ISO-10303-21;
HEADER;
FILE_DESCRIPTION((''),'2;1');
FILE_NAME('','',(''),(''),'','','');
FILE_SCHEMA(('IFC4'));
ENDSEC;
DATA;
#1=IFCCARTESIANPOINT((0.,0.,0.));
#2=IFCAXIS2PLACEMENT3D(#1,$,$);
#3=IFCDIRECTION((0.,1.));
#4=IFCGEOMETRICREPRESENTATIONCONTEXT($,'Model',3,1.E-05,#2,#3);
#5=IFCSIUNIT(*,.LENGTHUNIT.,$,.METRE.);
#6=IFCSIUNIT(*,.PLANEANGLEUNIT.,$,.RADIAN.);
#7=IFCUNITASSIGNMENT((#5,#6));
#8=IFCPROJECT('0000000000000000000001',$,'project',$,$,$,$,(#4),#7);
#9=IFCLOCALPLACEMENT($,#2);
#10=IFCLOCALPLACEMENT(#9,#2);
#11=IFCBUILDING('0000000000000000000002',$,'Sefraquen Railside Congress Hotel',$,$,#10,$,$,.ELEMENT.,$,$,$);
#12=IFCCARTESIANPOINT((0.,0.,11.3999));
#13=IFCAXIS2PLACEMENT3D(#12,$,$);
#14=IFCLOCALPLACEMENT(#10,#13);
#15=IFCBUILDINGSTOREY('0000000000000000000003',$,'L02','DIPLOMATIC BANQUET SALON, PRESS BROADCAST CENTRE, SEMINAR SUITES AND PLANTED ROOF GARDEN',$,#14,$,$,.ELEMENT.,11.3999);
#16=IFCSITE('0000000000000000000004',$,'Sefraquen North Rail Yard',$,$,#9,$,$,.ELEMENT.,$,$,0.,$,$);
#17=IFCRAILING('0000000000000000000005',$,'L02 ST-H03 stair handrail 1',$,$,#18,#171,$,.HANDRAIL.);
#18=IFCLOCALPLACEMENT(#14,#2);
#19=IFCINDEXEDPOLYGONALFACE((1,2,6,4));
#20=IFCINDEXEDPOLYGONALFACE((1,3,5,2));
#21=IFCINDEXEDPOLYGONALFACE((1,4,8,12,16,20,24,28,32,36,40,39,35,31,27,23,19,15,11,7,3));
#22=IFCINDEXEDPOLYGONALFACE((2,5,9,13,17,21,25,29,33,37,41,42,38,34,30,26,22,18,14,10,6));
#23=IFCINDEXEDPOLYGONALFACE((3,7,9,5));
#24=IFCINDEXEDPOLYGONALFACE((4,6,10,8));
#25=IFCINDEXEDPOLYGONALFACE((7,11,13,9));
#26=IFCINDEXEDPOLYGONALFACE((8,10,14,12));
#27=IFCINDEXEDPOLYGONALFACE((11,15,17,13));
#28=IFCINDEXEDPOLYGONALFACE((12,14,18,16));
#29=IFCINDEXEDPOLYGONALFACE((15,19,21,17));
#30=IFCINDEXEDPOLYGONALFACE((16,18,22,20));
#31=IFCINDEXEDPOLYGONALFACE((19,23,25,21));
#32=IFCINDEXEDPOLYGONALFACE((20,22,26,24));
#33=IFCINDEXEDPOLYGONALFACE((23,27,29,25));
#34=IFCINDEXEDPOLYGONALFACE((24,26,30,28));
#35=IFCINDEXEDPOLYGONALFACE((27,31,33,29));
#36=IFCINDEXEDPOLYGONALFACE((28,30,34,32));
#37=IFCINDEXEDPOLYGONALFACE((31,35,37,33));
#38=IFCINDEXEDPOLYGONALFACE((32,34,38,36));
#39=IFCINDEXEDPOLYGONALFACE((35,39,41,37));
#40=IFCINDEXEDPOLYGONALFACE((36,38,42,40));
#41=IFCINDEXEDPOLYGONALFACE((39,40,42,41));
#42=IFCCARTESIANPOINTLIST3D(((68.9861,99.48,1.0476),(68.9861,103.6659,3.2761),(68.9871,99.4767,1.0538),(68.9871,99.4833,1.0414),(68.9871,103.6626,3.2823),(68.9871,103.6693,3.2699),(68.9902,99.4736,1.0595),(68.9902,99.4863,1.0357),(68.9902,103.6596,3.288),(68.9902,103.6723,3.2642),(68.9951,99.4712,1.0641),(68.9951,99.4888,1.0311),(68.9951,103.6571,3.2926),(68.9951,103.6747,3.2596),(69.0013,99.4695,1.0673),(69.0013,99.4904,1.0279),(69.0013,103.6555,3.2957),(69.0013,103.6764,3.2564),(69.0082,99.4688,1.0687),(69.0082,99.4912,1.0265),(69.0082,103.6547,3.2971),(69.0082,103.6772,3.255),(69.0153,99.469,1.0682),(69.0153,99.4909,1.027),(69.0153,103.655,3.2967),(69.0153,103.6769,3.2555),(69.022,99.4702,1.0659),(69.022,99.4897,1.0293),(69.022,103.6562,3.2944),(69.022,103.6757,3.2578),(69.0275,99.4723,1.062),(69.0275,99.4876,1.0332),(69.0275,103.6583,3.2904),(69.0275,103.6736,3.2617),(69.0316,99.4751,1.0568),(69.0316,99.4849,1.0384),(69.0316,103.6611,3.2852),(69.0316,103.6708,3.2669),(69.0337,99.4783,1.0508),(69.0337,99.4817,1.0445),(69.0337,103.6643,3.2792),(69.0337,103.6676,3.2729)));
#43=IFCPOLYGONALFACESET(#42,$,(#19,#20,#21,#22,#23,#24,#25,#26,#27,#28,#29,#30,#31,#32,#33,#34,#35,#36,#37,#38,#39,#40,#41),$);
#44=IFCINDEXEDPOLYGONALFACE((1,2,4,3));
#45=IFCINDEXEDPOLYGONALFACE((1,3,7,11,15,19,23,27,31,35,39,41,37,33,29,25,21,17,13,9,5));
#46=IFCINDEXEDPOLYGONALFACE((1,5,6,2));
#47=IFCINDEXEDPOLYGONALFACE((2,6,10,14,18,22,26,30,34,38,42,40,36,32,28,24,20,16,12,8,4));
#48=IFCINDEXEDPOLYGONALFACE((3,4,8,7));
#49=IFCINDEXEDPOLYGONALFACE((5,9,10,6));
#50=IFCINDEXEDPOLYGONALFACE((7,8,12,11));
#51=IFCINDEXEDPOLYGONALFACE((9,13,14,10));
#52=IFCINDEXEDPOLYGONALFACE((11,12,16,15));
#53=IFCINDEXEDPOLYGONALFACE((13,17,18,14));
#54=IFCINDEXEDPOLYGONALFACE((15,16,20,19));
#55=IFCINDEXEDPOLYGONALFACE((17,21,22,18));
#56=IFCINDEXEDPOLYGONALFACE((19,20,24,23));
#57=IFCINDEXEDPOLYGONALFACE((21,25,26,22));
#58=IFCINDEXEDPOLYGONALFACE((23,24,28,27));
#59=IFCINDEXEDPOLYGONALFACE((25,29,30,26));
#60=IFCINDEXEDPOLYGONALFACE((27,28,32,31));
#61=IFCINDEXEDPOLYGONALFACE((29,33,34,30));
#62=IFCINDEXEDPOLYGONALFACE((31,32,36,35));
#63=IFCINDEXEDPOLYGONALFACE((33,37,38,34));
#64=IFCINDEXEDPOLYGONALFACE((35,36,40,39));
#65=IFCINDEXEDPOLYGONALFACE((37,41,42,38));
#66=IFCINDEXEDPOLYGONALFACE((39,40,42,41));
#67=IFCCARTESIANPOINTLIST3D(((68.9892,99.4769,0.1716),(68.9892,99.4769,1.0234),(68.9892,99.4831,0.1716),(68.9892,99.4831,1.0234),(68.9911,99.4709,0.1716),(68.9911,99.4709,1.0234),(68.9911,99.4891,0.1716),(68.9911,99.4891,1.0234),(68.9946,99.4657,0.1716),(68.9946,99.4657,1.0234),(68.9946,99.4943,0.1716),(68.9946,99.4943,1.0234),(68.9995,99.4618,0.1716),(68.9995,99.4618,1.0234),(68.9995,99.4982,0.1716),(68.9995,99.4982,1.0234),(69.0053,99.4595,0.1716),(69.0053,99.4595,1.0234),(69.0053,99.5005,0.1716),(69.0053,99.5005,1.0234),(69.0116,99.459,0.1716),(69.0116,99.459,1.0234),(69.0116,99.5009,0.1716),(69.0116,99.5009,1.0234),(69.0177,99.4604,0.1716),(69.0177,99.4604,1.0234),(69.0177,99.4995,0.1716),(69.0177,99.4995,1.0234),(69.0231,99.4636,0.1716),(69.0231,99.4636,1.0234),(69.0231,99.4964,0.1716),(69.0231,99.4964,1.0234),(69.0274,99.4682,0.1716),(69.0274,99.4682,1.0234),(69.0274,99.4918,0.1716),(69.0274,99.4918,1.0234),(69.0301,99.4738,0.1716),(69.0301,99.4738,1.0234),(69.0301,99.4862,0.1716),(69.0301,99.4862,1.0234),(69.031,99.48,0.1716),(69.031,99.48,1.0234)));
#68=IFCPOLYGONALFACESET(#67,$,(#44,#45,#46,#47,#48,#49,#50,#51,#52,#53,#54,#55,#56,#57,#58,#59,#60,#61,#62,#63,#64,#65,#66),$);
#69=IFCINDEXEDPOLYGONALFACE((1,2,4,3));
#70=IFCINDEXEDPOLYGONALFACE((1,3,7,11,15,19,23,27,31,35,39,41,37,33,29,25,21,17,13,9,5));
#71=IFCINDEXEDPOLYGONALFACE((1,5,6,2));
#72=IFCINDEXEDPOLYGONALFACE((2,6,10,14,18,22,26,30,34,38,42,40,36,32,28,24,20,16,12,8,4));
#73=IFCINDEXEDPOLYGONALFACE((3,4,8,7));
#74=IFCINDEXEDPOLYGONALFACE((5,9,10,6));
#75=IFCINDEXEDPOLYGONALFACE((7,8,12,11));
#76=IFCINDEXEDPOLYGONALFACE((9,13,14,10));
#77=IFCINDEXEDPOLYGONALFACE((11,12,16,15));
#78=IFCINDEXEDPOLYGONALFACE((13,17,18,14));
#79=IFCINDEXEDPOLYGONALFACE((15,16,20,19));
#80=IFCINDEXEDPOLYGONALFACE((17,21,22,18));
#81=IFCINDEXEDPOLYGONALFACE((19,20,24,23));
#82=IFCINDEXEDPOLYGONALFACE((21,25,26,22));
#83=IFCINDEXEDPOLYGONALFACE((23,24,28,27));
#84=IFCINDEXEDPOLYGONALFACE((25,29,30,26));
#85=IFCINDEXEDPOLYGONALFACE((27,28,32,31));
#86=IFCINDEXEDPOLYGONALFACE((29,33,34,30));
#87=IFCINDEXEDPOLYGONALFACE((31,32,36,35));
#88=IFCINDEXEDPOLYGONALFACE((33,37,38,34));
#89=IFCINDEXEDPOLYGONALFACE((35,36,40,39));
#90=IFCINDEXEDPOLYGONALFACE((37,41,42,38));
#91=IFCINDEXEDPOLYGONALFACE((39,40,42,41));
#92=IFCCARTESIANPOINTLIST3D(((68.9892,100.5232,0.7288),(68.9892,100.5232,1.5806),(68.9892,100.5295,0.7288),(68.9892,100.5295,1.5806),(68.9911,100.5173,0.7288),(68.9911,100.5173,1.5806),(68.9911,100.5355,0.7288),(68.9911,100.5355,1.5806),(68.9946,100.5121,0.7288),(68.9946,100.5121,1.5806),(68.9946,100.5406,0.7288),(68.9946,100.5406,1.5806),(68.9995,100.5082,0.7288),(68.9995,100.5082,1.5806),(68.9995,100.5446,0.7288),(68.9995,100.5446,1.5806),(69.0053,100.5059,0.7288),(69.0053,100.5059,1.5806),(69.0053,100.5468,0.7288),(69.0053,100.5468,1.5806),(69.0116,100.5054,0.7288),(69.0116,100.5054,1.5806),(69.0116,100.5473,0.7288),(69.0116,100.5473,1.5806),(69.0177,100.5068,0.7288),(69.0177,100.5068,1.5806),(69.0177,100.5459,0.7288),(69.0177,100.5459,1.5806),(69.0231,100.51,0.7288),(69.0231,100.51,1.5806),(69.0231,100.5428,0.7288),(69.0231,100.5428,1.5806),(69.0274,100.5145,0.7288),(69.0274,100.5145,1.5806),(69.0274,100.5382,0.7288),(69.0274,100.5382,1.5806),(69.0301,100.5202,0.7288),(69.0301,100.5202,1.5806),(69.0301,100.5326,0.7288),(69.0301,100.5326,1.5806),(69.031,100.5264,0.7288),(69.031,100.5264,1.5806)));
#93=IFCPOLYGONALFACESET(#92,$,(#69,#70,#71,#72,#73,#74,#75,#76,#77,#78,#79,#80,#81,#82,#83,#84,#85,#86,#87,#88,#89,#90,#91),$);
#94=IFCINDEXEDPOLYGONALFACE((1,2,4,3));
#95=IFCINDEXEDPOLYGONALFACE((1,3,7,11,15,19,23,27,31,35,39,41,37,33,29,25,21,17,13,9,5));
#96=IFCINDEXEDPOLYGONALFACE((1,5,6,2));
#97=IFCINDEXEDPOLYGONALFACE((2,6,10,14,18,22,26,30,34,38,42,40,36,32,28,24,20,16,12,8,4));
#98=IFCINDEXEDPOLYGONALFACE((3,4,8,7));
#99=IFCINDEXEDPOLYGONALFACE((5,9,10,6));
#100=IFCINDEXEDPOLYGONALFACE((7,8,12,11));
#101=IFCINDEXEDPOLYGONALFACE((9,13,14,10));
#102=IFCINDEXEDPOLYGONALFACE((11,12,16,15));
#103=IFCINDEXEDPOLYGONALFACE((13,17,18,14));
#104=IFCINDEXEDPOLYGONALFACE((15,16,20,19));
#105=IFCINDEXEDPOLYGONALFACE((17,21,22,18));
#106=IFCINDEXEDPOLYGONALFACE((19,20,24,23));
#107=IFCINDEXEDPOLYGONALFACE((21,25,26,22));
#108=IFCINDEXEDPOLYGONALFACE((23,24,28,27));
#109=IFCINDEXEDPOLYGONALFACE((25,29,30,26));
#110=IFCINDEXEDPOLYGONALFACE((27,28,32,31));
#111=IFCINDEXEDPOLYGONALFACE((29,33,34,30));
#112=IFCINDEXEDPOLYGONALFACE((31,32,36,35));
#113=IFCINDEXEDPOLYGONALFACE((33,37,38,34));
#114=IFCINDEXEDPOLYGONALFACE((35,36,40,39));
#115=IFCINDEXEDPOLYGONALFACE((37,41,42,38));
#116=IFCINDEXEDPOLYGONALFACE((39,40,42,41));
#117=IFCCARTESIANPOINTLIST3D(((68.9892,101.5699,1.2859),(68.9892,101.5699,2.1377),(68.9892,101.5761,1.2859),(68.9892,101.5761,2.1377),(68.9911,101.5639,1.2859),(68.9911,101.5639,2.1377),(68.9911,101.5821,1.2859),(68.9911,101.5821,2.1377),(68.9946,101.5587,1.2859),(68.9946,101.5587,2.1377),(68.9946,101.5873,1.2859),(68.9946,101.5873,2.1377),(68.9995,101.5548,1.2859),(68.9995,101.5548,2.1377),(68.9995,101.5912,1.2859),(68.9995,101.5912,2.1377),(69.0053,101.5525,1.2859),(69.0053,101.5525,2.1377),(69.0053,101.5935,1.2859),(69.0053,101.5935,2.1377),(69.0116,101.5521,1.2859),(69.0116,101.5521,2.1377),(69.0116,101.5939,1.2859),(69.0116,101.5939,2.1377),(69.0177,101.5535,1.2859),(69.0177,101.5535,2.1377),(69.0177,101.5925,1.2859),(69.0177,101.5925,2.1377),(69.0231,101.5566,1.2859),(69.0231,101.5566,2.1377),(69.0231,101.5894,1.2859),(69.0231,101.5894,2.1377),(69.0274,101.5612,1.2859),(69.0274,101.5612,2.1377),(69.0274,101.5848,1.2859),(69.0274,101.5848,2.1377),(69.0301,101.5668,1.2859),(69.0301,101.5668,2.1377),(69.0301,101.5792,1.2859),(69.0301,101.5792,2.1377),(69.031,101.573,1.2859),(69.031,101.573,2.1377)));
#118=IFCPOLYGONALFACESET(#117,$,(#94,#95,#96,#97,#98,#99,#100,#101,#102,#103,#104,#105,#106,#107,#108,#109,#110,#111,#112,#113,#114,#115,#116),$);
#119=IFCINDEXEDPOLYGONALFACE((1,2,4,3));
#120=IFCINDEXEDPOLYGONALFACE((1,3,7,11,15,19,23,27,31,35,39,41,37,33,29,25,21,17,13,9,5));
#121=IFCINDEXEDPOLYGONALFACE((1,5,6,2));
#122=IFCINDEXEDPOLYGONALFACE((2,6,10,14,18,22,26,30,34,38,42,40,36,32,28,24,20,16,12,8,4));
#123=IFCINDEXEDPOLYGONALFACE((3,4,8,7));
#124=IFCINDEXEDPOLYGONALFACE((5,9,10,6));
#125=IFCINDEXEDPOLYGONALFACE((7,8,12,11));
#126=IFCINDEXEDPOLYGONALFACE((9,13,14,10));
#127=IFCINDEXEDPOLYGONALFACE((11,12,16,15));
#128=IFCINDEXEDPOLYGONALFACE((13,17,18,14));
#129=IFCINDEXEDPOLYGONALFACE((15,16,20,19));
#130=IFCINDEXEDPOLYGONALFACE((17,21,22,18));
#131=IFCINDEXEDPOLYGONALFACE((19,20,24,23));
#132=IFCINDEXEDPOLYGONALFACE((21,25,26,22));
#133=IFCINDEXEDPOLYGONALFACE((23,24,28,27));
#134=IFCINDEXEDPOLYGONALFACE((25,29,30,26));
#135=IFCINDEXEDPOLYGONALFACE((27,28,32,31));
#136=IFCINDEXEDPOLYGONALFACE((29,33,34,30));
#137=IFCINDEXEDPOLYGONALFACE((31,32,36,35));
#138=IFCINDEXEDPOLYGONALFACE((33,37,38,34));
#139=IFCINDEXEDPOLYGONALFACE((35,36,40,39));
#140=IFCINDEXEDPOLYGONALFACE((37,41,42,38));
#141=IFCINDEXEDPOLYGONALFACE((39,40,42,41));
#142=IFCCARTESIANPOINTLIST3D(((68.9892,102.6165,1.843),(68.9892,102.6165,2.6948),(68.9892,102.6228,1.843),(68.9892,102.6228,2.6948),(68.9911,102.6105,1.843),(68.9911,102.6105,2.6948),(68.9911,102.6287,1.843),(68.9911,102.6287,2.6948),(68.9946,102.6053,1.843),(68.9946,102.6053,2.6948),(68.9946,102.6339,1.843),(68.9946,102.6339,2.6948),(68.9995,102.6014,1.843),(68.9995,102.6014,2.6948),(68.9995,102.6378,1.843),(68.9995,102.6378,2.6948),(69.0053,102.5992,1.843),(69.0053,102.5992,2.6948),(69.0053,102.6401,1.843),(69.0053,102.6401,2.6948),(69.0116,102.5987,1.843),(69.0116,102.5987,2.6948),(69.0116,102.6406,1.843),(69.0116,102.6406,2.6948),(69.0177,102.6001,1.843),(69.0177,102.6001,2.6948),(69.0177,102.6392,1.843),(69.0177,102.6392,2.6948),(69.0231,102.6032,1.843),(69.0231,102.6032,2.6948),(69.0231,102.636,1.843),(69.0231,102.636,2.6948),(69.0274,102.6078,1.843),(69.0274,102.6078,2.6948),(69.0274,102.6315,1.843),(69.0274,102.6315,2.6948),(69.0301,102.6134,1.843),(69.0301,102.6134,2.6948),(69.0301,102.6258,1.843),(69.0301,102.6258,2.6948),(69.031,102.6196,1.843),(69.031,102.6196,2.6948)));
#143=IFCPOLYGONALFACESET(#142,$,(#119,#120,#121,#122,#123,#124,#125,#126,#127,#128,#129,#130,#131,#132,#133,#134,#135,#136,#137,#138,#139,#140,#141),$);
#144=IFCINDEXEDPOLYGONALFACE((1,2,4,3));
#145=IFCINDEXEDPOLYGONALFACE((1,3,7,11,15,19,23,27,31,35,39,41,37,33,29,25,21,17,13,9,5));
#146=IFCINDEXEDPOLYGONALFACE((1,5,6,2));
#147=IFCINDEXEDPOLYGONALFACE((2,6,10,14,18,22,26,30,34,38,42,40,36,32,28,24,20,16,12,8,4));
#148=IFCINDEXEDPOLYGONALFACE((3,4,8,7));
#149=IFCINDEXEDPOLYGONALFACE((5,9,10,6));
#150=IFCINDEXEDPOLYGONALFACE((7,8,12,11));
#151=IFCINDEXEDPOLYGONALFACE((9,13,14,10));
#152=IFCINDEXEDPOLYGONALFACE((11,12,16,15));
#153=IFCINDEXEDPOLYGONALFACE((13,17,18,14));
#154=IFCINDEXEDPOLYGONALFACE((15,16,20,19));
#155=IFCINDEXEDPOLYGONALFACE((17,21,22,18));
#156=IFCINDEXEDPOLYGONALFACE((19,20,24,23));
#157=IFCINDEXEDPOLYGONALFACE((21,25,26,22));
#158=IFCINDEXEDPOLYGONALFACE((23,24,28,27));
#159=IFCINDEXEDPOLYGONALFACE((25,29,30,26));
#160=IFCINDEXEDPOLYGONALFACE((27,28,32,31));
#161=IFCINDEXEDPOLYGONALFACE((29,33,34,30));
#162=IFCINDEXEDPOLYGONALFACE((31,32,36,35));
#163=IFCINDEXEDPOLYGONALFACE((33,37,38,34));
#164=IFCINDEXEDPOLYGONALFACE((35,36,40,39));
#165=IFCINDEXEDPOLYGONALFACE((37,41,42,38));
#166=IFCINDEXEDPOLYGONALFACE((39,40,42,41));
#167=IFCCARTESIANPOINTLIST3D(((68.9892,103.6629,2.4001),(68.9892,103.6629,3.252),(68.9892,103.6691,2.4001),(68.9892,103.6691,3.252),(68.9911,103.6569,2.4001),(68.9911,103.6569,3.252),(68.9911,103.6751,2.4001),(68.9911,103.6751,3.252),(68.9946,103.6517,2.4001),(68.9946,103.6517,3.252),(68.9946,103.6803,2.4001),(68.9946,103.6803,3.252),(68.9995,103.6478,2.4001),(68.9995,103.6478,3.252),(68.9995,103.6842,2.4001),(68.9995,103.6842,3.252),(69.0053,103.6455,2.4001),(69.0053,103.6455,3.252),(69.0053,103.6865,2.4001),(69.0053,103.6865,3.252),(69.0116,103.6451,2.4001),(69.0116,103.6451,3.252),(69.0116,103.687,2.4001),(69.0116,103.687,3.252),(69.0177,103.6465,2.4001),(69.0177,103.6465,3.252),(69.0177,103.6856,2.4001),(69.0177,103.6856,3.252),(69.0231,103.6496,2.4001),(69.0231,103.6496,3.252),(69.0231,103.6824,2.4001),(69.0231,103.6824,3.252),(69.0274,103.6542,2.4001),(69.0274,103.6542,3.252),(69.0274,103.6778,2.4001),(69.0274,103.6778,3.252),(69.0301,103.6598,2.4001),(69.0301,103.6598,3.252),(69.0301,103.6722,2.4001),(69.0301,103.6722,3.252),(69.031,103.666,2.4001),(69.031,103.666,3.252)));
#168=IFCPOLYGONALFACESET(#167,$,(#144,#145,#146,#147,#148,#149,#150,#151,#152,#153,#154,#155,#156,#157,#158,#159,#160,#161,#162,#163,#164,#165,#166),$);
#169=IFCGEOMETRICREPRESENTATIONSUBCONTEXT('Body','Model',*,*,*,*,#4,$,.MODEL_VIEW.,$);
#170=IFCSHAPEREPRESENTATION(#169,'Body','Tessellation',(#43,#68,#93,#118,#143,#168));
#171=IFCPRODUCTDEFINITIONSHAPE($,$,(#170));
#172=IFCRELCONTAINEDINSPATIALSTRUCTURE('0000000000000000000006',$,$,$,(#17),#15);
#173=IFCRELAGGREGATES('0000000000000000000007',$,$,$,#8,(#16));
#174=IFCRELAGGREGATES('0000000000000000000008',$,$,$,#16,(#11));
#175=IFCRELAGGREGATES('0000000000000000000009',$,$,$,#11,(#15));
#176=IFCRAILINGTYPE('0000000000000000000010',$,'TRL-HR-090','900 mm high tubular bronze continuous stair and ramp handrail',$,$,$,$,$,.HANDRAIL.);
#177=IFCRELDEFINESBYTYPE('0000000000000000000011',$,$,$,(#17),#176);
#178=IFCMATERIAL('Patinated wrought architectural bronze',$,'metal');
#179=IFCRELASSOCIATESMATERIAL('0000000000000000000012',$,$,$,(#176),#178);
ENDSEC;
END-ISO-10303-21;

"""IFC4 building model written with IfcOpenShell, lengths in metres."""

from ifc_helpers import new_model, si_unit, direction, frame, origin, origin_2d, place, context, subcontext, project, spatial, circle, extrude, material, type_object, element, save


model = new_model("IFC4")

# Units and contexts
model_context = context("Model", 3, precision=1e-05, world=origin(), true_north=direction((0.0, 1.0)))
body_context = subcontext(model_context, "Body", "Model", "MODEL_VIEW")
ifc_project = project(units=[si_unit("LENGTHUNIT", "METRE"), si_unit("PLANEANGLEUNIT", "RADIAN")], contexts=[model_context])

# Site, building, storey
site_placement = place(None, origin())
site = spatial("IfcSite", under=ifc_project, at=site_placement, Name="Sefraquen North Rail Yard", CompositionType="ELEMENT", RefElevation=0.0)
building_placement = place(site_placement, origin())
building = spatial("IfcBuilding", under=site, at=building_placement, Name="Sefraquen Railside Congress Hotel", CompositionType="ELEMENT")
storey_placement = place(building_placement, frame((0.0, 0.0, 11.3999)))
storey = spatial("IfcBuildingStorey", under=building, at=storey_placement, Name="L02", Description="DIPLOMATIC BANQUET SALON, PRESS BROADCAST CENTRE, SEMINAR SUITES AND PLANTED ROOF GARDEN", CompositionType="ELEMENT", Elevation=11.3999)

# Railing
ifc_material_1 = material(Name="Patinated wrought architectural bronze", Category="metal")
railing_type_1 = type_object("IfcRailingType", Name="TRL-HR-090", Description="900 mm high tubular bronze continuous stair and ramp handrail", PredefinedType="HANDRAIL", material=ifc_material_1)
railing_1_placement = place(storey_placement, frame((69.01, 99.48, 0.1716)))
element("IfcRailing", 1, at=railing_1_placement, inside=storey, type_object=railing_type_1, Name="L02 ST-H03 stair handrail 1", PredefinedType="HANDRAIL", context=body_context, shape_type="SweptSolid", body=[
    extrude(circle(Radius=0.0239, at=origin_2d()), frame((0.0, 0.0, 0.876), z_axis=(0.0, 0.882706, 0.469925), x_axis=(-1.0, 0.0, 0.0)), (0.0, 0.0, 1.0), 4.7422),
    extrude(circle(Radius=0.021, at=origin_2d()), origin(), (0.0, 0.0, 1.0), 0.8518),
    extrude(circle(Radius=0.021, at=origin_2d()), frame((0.0, 1.0464, 0.5571)), (0.0, 0.0, 1.0), 0.8518),
    extrude(circle(Radius=0.021, at=origin_2d()), frame((0.0, 2.093, 1.1143)), (0.0, 0.0, 1.0), 0.8518),
    extrude(circle(Radius=0.021, at=origin_2d()), frame((0.0, 3.1396, 1.6714)), (0.0, 0.0, 1.0), 0.8518),
    extrude(circle(Radius=0.021, at=origin_2d()), frame((0.0, 4.186, 2.2285)), (0.0, 0.0, 1.0), 0.8518),
])

save(model, "model.ifc")
